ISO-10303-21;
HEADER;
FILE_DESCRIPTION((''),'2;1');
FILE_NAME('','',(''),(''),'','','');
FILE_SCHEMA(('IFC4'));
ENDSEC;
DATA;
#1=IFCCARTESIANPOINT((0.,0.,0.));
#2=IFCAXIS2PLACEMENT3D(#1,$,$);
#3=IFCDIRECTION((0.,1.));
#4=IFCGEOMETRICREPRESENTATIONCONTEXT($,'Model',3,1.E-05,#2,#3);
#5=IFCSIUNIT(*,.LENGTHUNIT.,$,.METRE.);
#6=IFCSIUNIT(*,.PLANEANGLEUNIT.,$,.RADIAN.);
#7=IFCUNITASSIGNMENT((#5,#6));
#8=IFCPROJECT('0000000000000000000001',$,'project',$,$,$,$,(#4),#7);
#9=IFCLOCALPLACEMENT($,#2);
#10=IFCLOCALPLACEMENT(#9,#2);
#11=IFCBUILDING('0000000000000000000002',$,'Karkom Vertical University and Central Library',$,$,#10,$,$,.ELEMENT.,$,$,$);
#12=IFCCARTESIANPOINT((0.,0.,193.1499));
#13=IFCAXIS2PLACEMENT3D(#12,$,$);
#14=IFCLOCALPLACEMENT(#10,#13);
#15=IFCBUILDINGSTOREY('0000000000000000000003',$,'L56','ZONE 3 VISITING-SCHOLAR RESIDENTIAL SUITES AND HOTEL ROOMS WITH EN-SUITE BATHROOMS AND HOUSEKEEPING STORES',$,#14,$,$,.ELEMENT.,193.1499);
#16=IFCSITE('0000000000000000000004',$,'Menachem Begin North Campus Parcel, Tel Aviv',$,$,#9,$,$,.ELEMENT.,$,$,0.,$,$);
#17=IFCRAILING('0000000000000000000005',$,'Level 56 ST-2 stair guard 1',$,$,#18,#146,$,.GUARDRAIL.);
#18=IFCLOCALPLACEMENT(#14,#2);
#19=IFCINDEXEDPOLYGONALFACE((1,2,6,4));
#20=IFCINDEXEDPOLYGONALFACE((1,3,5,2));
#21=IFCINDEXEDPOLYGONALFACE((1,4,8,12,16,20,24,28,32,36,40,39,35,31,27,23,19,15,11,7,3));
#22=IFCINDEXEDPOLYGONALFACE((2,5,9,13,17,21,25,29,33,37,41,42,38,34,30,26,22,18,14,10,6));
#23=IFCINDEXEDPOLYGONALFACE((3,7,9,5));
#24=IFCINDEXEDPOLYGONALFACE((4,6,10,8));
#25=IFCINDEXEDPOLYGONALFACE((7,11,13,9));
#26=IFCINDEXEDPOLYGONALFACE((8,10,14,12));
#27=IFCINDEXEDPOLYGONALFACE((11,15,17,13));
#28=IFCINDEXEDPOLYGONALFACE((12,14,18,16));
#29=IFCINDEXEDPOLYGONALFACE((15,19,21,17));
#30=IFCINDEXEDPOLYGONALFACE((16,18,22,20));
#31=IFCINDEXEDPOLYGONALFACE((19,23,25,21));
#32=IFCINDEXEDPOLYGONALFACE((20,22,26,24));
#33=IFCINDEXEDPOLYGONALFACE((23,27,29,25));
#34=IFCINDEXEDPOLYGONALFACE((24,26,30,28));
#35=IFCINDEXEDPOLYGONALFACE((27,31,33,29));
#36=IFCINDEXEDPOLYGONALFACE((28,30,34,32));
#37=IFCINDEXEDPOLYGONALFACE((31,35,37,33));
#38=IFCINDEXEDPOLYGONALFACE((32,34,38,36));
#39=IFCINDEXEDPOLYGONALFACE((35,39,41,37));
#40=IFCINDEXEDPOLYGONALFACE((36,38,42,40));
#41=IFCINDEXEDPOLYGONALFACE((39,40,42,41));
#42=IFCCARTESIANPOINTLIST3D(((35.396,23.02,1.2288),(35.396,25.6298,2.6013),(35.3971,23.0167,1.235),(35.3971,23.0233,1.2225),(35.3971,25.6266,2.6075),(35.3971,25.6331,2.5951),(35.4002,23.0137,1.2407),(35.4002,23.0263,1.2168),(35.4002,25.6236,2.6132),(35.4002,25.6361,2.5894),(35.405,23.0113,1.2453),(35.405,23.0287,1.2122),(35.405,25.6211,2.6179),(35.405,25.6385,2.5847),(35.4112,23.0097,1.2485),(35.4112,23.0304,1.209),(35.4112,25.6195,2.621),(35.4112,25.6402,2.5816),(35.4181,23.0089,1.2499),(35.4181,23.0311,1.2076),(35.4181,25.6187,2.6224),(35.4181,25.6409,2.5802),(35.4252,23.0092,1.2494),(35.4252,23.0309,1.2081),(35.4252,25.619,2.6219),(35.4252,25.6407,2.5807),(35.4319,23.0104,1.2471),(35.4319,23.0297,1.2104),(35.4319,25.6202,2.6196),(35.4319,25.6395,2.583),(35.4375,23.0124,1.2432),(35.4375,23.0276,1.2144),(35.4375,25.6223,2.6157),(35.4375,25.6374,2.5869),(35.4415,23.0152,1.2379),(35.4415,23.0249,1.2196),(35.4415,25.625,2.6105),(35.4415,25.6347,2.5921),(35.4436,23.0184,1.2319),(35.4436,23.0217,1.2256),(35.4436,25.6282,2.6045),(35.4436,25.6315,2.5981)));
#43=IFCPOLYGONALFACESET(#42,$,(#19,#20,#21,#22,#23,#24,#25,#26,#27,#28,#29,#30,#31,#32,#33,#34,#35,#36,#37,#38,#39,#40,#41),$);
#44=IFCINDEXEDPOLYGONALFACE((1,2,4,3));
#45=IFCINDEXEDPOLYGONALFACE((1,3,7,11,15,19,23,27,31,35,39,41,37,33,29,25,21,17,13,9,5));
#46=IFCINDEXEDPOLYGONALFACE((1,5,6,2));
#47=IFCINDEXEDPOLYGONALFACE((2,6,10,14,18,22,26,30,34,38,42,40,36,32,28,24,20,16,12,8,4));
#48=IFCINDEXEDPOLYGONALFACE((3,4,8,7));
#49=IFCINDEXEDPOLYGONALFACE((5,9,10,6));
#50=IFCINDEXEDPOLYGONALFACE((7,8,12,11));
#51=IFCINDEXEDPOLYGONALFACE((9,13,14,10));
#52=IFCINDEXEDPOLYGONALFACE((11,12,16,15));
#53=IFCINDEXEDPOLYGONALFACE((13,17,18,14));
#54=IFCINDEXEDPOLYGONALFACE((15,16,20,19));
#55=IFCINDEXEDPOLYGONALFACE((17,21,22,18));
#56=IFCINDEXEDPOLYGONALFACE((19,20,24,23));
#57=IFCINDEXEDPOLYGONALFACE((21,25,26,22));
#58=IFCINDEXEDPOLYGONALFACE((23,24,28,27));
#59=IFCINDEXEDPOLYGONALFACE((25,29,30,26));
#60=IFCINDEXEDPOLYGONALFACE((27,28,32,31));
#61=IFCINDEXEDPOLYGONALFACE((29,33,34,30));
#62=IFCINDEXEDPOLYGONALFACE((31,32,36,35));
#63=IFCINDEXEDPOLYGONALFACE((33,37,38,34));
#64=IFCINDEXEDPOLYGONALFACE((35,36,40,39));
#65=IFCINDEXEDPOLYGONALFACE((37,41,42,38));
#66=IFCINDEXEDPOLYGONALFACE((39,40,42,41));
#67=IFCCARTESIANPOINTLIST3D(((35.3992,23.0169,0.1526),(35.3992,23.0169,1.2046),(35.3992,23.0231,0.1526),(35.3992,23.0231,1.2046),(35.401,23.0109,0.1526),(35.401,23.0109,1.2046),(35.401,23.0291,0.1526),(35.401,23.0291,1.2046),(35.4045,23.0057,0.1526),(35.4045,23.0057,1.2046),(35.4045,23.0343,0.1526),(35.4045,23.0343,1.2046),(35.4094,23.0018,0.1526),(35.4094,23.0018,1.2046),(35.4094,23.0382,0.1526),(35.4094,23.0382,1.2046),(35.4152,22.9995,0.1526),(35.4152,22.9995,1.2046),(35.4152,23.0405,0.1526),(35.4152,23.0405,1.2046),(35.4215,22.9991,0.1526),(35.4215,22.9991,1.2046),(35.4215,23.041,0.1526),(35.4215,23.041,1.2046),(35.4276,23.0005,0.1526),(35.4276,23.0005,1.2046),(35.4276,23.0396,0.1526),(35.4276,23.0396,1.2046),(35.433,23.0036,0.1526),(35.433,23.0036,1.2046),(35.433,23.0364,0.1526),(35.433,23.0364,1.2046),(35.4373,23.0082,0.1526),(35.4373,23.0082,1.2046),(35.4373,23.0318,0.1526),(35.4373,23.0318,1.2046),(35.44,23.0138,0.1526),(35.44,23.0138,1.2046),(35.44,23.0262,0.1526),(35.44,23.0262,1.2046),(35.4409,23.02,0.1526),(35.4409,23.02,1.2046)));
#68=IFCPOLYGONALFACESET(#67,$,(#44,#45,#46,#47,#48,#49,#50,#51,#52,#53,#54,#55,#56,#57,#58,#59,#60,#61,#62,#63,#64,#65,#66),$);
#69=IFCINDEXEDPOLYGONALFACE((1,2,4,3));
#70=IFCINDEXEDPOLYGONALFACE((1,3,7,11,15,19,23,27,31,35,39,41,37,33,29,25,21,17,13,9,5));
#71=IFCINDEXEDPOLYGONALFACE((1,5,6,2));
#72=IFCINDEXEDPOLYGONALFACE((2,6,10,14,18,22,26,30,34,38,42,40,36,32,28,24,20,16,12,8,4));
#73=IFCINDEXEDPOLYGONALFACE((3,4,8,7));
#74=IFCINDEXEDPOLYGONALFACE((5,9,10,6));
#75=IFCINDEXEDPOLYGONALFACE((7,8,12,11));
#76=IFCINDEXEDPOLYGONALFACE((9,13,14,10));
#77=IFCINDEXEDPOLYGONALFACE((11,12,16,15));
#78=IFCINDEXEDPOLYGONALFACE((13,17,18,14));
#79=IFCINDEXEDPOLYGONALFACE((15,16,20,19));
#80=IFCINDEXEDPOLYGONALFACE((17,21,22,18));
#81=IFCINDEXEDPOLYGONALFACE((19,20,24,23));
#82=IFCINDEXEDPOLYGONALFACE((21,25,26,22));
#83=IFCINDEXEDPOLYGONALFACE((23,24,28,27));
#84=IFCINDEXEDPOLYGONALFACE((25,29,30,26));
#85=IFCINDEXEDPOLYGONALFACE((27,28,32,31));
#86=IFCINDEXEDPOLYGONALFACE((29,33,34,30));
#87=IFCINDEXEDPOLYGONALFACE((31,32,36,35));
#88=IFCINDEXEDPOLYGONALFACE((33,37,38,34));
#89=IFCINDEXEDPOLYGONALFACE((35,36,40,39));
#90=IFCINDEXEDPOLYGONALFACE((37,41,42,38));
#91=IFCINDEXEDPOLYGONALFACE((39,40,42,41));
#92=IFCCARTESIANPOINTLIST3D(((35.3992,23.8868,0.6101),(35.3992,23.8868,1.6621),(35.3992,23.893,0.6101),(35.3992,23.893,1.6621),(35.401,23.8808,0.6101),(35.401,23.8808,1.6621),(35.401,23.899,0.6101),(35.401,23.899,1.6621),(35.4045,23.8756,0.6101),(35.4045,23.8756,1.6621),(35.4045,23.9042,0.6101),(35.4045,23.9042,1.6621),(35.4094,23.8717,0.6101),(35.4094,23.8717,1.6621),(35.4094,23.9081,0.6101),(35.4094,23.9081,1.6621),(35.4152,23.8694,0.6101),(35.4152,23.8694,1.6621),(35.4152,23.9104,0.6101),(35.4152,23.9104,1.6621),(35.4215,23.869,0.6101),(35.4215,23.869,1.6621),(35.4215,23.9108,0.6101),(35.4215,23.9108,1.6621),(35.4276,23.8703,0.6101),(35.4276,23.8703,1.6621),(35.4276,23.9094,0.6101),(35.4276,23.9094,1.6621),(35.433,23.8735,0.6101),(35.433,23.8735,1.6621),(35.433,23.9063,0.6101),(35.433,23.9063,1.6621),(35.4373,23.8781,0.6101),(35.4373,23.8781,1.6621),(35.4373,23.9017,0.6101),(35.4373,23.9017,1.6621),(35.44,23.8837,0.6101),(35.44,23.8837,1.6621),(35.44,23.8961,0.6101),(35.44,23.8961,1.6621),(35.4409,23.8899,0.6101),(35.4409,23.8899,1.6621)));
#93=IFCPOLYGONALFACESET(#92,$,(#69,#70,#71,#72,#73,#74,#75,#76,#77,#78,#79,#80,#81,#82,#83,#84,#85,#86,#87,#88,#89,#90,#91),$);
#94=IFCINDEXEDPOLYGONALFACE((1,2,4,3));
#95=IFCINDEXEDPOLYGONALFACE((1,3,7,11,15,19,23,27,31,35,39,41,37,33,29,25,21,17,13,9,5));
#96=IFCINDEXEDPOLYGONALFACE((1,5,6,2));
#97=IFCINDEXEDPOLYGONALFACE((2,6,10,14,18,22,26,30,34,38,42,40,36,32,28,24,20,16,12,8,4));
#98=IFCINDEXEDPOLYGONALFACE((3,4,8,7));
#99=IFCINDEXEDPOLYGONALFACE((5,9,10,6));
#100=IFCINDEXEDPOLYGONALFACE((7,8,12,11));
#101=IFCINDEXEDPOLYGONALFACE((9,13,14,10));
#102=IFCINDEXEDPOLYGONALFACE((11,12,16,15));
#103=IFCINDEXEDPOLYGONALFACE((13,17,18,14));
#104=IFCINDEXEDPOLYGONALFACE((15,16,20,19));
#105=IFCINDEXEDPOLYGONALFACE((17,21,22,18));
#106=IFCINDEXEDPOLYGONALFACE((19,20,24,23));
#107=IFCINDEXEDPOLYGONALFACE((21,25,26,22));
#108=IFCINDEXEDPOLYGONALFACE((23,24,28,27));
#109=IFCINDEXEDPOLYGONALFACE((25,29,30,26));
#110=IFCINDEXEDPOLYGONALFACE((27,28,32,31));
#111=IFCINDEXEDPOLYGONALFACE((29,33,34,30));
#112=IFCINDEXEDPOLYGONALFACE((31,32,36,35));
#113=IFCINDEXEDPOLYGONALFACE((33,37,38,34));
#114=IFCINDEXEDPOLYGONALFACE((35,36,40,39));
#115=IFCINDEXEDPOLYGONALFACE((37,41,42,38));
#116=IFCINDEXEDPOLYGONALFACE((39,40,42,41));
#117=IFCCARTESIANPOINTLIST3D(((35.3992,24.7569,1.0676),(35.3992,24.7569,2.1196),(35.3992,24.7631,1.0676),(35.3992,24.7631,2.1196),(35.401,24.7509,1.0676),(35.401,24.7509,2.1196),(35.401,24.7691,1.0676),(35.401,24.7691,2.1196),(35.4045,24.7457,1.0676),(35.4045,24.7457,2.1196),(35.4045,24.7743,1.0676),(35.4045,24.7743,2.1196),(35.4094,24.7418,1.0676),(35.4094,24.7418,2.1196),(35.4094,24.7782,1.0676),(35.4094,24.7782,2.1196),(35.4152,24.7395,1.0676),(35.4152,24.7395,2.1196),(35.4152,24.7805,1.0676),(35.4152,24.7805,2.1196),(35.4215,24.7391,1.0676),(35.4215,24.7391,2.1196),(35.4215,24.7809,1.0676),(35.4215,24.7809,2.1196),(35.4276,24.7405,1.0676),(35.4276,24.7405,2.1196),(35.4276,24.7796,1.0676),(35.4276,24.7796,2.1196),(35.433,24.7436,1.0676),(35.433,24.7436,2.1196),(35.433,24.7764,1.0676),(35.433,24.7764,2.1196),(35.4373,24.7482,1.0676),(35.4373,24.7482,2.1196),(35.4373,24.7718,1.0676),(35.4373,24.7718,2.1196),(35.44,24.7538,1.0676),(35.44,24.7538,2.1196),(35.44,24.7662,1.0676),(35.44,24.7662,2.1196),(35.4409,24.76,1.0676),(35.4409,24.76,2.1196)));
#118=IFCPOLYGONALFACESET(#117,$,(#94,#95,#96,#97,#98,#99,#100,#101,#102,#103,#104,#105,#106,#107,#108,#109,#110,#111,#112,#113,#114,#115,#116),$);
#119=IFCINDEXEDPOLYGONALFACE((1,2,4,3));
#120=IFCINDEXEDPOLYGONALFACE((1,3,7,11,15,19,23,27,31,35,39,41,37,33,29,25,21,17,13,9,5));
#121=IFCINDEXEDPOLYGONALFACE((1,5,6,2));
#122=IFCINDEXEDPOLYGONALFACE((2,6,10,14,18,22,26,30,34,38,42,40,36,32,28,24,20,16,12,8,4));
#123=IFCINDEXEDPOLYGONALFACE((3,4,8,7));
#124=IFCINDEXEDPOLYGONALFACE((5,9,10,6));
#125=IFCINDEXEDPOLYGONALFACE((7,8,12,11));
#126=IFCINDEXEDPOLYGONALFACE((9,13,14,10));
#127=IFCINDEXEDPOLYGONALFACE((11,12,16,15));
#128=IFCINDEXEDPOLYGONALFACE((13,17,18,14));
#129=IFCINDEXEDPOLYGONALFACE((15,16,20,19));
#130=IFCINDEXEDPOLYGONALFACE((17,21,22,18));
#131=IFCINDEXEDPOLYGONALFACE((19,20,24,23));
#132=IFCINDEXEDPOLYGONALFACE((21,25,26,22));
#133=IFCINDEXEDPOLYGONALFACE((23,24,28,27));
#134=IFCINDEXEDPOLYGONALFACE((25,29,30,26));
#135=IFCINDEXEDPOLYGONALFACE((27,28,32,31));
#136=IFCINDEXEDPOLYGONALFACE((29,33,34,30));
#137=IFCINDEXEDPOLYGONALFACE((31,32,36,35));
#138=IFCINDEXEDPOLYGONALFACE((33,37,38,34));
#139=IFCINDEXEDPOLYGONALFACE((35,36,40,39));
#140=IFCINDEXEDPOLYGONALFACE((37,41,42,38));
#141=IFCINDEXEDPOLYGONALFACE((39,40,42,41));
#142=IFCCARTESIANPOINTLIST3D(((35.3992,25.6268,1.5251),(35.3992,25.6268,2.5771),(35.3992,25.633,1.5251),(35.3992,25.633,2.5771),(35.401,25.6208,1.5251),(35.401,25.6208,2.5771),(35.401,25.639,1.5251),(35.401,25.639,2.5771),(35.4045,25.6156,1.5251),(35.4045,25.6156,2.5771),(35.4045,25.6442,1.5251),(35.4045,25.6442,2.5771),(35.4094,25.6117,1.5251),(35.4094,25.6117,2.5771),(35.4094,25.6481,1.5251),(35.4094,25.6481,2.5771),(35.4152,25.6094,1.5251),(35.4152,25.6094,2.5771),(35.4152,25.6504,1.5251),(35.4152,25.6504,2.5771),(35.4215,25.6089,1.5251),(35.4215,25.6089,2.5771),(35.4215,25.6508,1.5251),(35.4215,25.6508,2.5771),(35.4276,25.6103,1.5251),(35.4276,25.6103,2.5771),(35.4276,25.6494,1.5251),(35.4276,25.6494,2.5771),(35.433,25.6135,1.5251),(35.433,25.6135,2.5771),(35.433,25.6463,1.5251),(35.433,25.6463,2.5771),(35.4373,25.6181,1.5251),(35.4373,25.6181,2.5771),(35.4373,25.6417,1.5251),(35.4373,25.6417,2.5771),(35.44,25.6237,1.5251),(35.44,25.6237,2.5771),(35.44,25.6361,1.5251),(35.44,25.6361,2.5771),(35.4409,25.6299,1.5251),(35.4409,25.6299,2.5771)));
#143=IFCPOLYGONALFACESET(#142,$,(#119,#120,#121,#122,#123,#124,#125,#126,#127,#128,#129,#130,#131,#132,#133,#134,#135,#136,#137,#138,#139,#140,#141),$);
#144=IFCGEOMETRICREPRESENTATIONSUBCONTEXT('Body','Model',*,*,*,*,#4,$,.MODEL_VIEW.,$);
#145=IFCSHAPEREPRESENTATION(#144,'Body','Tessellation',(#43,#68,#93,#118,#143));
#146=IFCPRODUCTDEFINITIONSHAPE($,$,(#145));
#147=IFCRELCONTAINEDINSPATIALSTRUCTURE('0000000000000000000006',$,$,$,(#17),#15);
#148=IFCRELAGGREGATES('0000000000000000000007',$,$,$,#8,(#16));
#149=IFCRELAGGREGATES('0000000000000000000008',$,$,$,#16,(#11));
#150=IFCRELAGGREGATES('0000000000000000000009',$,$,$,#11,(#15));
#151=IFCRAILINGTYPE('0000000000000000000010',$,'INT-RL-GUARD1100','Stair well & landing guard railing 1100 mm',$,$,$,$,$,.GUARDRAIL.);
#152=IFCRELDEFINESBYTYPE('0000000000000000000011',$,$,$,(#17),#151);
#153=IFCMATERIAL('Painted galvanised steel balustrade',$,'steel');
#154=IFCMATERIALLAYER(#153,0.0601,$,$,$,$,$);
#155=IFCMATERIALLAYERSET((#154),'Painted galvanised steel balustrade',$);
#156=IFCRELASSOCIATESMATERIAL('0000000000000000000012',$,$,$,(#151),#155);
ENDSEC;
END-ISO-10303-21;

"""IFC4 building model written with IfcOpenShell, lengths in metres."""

from ifc_helpers import new_model, si_unit, direction, frame, origin, origin_2d, place, context, subcontext, project, spatial, circle, extrude, material, layer, layer_set, type_object, element, save


model = new_model("IFC4")

# Units and contexts
model_context = context("Model", 3, precision=1e-05, world=origin(), true_north=direction((0.0, 1.0)))
body_context = subcontext(model_context, "Body", "Model", "MODEL_VIEW")
ifc_project = project(units=[si_unit("LENGTHUNIT", "METRE"), si_unit("PLANEANGLEUNIT", "RADIAN")], contexts=[model_context])

# Site, building, storey
site_placement = place(None, origin())
site = spatial("IfcSite", under=ifc_project, at=site_placement, Name="Menachem Begin North Campus Parcel, Tel Aviv", CompositionType="ELEMENT", RefElevation=0.0)
building_placement = place(site_placement, origin())
building = spatial("IfcBuilding", under=site, at=building_placement, Name="Karkom Vertical University and Central Library", CompositionType="ELEMENT")
storey_placement = place(building_placement, frame((0.0, 0.0, 193.1499)))
storey = spatial("IfcBuildingStorey", under=building, at=storey_placement, Name="L56", Description="ZONE 3 VISITING-SCHOLAR RESIDENTIAL SUITES AND HOTEL ROOMS WITH EN-SUITE BATHROOMS AND HOUSEKEEPING STORES", CompositionType="ELEMENT", Elevation=193.1499)

# Railing
ifc_material_1 = material(Name="Painted galvanised steel balustrade", Category="steel")
ifc_layer_1 = layer(ifc_material_1, 0.0601)
ifc_layer_set_1 = layer_set([ifc_layer_1], Name="Painted galvanised steel balustrade")
railing_type_1 = type_object("IfcRailingType", Name="INT-RL-GUARD1100", Description="Stair well & landing guard railing 1100 mm", PredefinedType="GUARDRAIL", material=ifc_layer_set_1)
railing_1_placement = place(storey_placement, frame((35.4199, 23.02, 0.1526)))
element("IfcRailing", 1, at=railing_1_placement, inside=storey, type_object=railing_type_1, Name="Level 56 ST-2 stair guard 1", PredefinedType="GUARDRAIL", context=body_context, shape_type="SweptSolid", body=[
    extrude(circle(Radius=0.0239, at=origin_2d()), frame((0.0, 0.0, 1.0762), z_axis=(0.0, 0.885065, 0.465467), x_axis=(-1.0, 0.0, 0.0)), (0.0, 0.0, 1.0), 2.9487),
    extrude(circle(Radius=0.021, at=origin_2d()), origin(), (0.0, 0.0, 1.0), 1.052),
    extrude(circle(Radius=0.021, at=origin_2d()), frame((0.0, 0.8699, 0.4575)), (0.0, 0.0, 1.0), 1.052),
    extrude(circle(Radius=0.021, at=origin_2d()), frame((0.0, 1.74, 0.915)), (0.0, 0.0, 1.0), 1.052),
    extrude(circle(Radius=0.021, at=origin_2d()), frame((0.0, 2.6099, 1.3726)), (0.0, 0.0, 1.0), 1.052),
])

save(model, "model.ifc")
